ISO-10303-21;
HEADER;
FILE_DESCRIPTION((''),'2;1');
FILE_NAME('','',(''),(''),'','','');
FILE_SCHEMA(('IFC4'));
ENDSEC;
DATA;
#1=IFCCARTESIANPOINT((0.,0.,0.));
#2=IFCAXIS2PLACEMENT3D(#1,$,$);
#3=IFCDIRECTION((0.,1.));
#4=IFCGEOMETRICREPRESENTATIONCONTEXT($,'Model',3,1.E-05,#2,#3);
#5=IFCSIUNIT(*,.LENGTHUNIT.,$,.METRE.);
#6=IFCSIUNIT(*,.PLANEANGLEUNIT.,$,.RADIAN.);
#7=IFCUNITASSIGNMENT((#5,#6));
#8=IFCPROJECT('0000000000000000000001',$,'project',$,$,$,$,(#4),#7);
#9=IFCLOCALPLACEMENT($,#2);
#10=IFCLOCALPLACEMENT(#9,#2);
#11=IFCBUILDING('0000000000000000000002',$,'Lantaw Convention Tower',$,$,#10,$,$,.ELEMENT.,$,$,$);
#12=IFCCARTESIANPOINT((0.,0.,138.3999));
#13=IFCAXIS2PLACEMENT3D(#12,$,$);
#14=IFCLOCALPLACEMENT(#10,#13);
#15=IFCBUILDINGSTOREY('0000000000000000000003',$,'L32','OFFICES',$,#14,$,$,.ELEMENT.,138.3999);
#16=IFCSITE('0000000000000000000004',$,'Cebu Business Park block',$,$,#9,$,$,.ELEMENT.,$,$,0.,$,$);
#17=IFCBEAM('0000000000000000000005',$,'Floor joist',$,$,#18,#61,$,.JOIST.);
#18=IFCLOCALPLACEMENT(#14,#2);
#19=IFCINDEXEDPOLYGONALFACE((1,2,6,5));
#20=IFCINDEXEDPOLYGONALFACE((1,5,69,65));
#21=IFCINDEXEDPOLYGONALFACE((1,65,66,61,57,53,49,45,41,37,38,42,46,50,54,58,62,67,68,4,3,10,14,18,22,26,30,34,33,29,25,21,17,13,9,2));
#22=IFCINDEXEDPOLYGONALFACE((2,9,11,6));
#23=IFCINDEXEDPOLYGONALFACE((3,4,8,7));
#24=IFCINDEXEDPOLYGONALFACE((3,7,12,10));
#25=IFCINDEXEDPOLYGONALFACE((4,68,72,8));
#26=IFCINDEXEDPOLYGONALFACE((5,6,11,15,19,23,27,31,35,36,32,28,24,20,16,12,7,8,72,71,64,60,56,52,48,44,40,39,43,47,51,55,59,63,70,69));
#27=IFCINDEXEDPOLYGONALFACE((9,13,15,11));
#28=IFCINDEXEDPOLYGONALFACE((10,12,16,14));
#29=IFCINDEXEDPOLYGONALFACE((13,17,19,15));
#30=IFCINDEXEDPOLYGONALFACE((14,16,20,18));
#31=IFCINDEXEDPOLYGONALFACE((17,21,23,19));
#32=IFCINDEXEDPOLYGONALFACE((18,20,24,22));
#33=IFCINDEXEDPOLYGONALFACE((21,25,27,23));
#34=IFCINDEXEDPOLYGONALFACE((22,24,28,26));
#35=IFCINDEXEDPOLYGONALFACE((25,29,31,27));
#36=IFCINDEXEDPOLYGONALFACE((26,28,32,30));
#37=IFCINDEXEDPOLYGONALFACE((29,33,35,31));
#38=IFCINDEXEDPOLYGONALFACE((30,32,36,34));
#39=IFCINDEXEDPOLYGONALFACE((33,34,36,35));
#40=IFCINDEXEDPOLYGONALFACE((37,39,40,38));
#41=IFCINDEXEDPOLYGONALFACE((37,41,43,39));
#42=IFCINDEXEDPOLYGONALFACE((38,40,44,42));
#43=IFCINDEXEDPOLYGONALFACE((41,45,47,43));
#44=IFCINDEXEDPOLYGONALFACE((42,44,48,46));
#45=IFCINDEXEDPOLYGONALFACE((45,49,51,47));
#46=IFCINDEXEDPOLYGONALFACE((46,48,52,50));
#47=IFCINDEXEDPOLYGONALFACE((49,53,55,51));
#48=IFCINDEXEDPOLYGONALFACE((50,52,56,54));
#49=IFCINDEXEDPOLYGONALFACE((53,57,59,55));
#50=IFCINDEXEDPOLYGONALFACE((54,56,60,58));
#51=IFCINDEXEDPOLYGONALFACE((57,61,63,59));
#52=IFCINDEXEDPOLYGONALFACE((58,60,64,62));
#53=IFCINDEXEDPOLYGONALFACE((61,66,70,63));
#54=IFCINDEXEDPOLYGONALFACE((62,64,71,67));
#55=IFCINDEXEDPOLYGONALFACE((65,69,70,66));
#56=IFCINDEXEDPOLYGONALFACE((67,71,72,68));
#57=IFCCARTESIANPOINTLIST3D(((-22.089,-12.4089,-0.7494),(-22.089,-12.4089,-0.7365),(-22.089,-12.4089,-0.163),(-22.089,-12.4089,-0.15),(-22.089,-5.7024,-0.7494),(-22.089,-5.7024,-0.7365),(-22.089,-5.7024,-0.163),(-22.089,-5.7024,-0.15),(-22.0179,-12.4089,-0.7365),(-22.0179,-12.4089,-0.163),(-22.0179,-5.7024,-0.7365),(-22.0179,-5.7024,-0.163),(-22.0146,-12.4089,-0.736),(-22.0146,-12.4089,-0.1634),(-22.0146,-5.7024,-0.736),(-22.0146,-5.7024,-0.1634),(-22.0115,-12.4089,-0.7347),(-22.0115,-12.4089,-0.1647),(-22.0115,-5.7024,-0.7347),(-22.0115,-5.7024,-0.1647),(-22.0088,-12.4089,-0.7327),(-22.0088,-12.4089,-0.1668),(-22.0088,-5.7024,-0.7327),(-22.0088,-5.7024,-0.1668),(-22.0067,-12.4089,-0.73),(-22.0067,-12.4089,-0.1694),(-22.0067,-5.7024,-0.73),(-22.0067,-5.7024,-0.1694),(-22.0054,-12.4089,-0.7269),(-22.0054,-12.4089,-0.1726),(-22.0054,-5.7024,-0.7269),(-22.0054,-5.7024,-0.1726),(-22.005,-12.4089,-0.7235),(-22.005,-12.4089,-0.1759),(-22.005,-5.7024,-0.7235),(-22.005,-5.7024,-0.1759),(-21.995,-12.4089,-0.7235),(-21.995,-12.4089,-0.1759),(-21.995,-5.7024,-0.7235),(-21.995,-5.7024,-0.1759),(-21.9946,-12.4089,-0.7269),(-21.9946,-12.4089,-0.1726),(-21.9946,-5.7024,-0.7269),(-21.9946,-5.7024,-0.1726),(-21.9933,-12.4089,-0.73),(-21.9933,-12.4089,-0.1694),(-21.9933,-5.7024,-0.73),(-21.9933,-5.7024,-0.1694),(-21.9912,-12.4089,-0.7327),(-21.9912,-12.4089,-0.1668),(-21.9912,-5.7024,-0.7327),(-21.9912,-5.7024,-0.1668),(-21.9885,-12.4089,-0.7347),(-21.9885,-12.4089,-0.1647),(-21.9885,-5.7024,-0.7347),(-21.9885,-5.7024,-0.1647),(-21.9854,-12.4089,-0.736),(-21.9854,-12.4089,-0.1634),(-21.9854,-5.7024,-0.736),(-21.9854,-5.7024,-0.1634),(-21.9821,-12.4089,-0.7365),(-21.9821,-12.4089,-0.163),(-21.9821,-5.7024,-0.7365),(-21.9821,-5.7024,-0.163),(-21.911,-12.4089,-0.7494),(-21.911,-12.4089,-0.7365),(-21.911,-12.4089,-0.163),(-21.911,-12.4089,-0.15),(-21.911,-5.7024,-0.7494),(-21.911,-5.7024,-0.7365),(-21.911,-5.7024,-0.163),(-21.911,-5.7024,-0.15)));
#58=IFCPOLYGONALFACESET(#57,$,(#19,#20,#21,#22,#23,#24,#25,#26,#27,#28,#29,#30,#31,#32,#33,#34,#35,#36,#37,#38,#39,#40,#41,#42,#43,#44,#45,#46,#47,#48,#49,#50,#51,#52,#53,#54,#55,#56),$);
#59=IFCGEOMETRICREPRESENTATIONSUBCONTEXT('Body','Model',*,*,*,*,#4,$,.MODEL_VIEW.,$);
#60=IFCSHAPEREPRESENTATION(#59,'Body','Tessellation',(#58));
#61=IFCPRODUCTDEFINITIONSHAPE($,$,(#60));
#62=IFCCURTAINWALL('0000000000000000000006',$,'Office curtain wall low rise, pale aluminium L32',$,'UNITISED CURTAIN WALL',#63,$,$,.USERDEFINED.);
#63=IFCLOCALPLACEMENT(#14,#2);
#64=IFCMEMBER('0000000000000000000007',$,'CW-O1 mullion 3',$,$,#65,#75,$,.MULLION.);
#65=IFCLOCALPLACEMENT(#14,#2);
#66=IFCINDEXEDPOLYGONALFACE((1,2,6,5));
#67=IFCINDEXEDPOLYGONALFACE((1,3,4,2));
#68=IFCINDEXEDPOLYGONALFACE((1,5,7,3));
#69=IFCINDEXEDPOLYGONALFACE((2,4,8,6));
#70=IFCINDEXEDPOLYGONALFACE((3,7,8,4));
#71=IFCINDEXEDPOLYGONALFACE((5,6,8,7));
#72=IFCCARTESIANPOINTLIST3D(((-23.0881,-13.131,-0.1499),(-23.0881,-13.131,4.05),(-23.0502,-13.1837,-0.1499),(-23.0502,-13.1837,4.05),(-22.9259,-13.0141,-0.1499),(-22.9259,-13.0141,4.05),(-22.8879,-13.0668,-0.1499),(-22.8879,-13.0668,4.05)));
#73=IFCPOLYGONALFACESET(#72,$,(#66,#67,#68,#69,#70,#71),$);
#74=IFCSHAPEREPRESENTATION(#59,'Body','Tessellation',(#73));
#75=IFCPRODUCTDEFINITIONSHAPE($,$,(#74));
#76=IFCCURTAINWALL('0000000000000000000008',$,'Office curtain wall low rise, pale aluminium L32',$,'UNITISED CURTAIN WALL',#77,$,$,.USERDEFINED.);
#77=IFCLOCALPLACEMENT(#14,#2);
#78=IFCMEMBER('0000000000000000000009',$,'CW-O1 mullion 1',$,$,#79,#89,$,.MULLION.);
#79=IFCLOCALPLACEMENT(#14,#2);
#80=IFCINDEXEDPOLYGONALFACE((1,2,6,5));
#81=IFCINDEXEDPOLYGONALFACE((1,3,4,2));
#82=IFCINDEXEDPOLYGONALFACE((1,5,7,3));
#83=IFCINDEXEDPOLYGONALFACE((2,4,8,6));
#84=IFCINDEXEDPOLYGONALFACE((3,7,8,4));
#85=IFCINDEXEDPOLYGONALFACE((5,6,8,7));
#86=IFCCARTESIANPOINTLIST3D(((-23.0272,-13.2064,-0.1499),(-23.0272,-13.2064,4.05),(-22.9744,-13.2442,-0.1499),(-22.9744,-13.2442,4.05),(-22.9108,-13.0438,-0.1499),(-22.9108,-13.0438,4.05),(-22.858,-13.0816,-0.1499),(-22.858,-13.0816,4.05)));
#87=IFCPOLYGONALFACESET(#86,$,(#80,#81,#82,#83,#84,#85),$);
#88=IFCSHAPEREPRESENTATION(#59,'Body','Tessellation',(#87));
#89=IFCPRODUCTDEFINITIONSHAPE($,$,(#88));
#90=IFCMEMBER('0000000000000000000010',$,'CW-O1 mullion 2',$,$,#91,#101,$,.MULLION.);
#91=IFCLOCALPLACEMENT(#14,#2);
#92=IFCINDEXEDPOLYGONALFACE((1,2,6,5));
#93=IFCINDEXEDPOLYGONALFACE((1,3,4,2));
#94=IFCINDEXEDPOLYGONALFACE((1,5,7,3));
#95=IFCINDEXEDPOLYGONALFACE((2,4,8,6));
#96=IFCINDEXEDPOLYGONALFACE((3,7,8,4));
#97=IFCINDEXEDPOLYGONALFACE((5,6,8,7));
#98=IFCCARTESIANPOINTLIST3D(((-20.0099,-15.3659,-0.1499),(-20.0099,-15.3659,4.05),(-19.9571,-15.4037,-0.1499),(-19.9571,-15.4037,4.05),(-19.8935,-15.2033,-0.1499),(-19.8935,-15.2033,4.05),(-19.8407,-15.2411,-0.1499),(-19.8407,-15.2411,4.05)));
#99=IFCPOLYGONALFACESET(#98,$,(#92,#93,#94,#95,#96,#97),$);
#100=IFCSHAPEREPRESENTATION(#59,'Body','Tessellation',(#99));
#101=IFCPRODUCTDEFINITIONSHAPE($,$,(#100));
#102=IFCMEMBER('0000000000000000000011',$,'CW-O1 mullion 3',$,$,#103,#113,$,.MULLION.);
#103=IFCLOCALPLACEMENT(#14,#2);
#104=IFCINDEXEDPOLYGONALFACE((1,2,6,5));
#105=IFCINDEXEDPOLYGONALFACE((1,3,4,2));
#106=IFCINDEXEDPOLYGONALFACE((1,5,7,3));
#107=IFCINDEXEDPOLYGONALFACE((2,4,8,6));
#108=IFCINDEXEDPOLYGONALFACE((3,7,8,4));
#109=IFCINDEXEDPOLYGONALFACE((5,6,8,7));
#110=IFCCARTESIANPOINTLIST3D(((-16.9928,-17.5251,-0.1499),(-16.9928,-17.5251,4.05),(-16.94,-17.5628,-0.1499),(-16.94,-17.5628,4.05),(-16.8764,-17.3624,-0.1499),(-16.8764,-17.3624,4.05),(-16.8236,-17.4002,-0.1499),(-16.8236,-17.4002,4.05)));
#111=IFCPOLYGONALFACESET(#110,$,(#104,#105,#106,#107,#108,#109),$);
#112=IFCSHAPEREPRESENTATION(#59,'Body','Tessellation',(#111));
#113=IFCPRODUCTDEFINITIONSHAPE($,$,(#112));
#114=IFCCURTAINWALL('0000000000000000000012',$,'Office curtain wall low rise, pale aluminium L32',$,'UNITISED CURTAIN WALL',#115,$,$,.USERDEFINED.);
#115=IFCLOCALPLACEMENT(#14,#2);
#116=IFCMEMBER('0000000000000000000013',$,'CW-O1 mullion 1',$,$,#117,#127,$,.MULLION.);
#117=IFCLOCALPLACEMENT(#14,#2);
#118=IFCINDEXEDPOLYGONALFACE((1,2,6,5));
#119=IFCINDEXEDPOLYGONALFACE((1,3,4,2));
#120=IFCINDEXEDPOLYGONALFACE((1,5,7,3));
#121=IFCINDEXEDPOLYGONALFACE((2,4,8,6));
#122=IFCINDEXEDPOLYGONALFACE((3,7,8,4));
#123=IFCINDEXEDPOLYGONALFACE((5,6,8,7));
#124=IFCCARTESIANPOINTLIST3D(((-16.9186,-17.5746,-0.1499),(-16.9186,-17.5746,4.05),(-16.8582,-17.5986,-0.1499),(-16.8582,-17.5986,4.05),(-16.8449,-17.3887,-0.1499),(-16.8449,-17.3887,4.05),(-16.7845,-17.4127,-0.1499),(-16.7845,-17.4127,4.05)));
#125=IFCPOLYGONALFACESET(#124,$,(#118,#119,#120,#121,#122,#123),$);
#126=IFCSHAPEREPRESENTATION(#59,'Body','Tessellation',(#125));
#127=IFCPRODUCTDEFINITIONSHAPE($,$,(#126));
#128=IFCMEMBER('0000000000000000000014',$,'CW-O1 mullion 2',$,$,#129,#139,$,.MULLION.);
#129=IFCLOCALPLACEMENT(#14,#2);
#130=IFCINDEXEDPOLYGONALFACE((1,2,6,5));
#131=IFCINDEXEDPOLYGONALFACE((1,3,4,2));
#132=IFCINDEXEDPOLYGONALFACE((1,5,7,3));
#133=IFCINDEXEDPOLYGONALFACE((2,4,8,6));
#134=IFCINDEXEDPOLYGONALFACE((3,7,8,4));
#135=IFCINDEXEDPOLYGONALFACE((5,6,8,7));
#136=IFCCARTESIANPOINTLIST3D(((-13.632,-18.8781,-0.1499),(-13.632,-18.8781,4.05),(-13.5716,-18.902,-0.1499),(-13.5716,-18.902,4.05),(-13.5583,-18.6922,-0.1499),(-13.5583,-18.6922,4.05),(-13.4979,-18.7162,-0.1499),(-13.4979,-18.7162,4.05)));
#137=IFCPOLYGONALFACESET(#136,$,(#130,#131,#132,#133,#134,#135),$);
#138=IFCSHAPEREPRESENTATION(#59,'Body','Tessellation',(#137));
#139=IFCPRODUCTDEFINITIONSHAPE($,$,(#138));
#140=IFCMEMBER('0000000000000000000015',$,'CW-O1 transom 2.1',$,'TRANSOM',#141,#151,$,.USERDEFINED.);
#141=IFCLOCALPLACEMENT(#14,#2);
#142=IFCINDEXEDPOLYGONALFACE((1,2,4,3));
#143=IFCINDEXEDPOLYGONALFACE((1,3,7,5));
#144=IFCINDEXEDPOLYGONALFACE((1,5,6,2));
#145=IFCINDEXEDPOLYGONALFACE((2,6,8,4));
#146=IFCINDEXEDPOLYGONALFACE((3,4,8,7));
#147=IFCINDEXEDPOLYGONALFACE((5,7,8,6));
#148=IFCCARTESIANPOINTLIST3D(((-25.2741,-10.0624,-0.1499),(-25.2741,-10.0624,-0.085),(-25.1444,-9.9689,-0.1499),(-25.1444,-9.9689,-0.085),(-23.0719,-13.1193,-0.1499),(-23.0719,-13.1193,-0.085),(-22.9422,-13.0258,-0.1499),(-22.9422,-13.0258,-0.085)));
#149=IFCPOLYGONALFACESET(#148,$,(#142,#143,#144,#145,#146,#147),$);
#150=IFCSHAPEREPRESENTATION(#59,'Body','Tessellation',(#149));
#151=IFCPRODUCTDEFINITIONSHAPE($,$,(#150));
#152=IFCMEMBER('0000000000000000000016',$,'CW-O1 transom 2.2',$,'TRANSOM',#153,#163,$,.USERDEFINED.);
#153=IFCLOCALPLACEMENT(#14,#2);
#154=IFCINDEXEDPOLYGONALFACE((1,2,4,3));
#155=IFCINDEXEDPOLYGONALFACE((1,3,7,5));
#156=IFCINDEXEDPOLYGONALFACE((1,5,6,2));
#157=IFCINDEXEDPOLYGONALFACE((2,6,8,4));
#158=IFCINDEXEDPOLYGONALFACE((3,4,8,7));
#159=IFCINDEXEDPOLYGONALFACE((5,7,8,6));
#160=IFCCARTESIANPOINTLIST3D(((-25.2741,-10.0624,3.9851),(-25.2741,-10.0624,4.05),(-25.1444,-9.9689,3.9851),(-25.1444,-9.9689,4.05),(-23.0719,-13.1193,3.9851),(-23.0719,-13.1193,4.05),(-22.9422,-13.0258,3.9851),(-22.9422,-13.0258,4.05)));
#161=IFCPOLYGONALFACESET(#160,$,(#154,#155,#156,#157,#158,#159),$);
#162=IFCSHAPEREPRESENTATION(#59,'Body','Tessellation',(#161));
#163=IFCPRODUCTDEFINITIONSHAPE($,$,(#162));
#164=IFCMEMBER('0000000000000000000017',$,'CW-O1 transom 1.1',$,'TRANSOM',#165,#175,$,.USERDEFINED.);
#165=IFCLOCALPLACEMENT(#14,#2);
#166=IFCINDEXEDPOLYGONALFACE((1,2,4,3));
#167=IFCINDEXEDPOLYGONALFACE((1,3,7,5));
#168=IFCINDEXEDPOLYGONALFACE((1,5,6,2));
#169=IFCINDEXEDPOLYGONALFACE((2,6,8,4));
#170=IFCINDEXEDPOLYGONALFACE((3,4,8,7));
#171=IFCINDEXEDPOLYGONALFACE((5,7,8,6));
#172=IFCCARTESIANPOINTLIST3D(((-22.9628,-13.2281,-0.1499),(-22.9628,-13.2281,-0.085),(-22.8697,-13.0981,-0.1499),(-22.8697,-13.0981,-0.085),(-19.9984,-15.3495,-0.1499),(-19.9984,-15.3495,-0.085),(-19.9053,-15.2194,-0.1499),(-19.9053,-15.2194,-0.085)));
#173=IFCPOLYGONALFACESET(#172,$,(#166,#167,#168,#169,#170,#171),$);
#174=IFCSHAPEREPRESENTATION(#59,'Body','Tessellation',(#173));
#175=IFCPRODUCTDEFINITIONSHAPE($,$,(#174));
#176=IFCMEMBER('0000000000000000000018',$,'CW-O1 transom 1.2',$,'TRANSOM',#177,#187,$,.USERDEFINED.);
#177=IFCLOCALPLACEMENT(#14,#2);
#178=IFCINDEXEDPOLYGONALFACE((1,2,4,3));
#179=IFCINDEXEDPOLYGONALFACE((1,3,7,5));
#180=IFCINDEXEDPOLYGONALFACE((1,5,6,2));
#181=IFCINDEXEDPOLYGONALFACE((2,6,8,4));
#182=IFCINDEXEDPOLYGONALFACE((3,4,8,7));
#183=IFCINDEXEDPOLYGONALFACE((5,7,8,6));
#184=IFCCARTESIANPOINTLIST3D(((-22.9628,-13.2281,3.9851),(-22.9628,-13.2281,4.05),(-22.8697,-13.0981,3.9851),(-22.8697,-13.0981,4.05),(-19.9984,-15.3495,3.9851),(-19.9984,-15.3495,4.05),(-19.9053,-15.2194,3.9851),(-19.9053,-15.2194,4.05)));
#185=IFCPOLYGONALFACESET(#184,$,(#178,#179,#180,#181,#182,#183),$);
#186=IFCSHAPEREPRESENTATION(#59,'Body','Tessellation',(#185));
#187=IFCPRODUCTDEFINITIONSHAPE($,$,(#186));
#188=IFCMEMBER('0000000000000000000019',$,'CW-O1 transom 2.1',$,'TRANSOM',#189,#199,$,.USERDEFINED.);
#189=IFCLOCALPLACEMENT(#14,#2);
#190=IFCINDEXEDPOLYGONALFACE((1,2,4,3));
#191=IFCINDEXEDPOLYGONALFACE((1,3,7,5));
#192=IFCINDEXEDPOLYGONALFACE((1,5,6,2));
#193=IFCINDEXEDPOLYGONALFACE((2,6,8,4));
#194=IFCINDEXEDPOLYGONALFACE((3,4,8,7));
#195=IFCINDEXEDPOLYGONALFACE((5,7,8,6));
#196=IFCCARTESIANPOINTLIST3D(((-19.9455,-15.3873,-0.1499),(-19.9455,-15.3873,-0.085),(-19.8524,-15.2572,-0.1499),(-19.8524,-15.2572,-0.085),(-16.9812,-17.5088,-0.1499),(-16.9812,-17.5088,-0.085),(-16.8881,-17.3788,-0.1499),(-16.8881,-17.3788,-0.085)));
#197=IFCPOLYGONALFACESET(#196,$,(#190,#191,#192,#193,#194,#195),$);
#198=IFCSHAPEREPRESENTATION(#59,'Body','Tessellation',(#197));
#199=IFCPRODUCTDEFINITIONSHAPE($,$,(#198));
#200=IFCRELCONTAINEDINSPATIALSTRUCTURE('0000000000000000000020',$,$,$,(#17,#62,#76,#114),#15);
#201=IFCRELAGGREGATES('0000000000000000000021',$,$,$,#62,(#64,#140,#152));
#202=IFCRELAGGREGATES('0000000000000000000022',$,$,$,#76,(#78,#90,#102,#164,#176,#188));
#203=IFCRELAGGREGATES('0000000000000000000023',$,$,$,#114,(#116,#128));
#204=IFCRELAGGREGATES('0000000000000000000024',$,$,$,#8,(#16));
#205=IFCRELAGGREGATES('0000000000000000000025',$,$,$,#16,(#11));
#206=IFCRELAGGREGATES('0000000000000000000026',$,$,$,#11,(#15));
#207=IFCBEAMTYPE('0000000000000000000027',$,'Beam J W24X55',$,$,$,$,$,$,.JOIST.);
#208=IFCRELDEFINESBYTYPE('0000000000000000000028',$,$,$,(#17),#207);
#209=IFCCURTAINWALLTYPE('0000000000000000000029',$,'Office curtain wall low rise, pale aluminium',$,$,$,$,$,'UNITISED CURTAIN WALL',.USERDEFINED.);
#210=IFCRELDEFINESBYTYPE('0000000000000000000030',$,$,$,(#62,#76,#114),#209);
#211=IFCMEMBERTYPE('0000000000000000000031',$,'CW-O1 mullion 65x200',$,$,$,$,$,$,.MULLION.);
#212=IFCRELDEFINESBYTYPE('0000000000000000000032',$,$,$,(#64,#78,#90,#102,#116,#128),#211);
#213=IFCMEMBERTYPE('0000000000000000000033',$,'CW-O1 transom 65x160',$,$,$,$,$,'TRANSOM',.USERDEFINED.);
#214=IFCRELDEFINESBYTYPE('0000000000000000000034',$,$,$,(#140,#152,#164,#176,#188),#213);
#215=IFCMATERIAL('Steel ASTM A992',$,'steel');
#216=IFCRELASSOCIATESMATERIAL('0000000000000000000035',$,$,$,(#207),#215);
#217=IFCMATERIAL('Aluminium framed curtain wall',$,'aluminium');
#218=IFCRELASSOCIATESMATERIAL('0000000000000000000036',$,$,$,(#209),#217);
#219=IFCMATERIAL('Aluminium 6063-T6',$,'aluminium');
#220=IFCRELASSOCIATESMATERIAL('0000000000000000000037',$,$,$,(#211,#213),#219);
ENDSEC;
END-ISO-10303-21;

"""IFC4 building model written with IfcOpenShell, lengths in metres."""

from ifc_helpers import new_model, si_unit, direction, frame, origin, origin_2d, place, context, subcontext, project, spatial, rectangle, i_section, extrude, material, material_profile, profile_set, type_object, element, aggregate, save


model = new_model("IFC4")

# Units and contexts
model_context = context("Model", 3, precision=1e-05, world=origin(), true_north=direction((0.0, 1.0)))
body_context = subcontext(model_context, "Body", "Model", "MODEL_VIEW")
ifc_project = project(units=[si_unit("LENGTHUNIT", "METRE"), si_unit("PLANEANGLEUNIT", "RADIAN")], contexts=[model_context])

# Site, building, storey
site_placement = place(None, origin())
site = spatial("IfcSite", under=ifc_project, at=site_placement, Name="Cebu Business Park block", CompositionType="ELEMENT", RefElevation=0.0)
building_placement = place(site_placement, origin())
building = spatial("IfcBuilding", under=site, at=building_placement, Name="Lantaw Convention Tower", CompositionType="ELEMENT")
storey_placement = place(building_placement, frame((0.0, 0.0, 138.3999)))
storey = spatial("IfcBuildingStorey", under=building, at=storey_placement, Name="L32", Description="OFFICES", CompositionType="ELEMENT", Elevation=138.3999)

# Beam
ifc_material_1 = material(Name="Steel ASTM A992", Category="steel")
ifc_material_profile_1 = material_profile(ifc_material_1, i_section(OverallWidth=0.178, OverallDepth=0.5994, WebThickness=0.01, FlangeThickness=0.0129, FilletRadius=0.0129, at=origin_2d()), Name="W24X55")
ifc_profile_set_1 = profile_set([ifc_material_profile_1], Name="Steel ASTM A992")
beam_type_1 = type_object("IfcBeamType", Name="Beam J W24X55", PredefinedType="JOIST", material=ifc_profile_set_1)
beam_1_placement = place(storey_placement, frame((-22.0, -12.4089, -0.4497), z_axis=(0.0, 1.0, 0.0), x_axis=(-1.0, 0.0, 0.0)))
element("IfcBeam", 1, at=beam_1_placement, inside=storey, type_object=beam_type_1, Name="Floor joist", PredefinedType="JOIST", context=body_context, shape_type="SweptSolid", body=[
    extrude(i_section(OverallWidth=0.178, OverallDepth=0.5994, WebThickness=0.01, FlangeThickness=0.0129, FilletRadius=0.0129, at=origin_2d()), origin(), (0.0, 0.0, 1.0), 6.7065),
])

# Curtain wall, member
ifc_material_2 = material(Name="Aluminium framed curtain wall", Category="aluminium")
curtain_wall_type = type_object("IfcCurtainWallType", Name="Office curtain wall low rise, pale aluminium", ElementType="UNITISED CURTAIN WALL", PredefinedType="USERDEFINED", material=ifc_material_2)
curtain_wall_1_placement = place(storey_placement, origin())
curtain_wall_1 = element("IfcCurtainWall", 2, at=curtain_wall_1_placement, inside=storey, type_object=curtain_wall_type, Name="Office curtain wall low rise, pale aluminium L32", ObjectType="UNITISED CURTAIN WALL", PredefinedType="USERDEFINED")
ifc_material_3 = material(Name="Aluminium 6063-T6", Category="aluminium")
ifc_material_profile_2 = material_profile(ifc_material_3, rectangle(XDim=0.2, YDim=0.0649, at=origin_2d()), Name="CW-O1 mullion 65x200")
ifc_profile_set_2 = profile_set([ifc_material_profile_2], Name="Aluminium 6063-T6")
member_type_1 = type_object("IfcMemberType", Name="CW-O1 mullion 65x200", PredefinedType="MULLION", material=ifc_profile_set_2)
member_1_placement = place(storey_placement, frame((-22.988, -13.0989, -0.1499), z_axis=(0.0, 0.0, 1.0), x_axis=(0.811385, 0.584513, 0.0)))
member_1 = element("IfcMember", 3, at=member_1_placement, type_object=member_type_1, Name="CW-O1 mullion 3", PredefinedType="MULLION", context=body_context, shape_type="SweptSolid", body=[
    extrude(rectangle(XDim=0.2, YDim=0.0649, at=origin_2d()), origin(), (0.0, 0.0, 1.0), 4.2),
])

# Curtain walls, members
curtain_wall_2_placement = place(storey_placement, origin())
curtain_wall_2 = element("IfcCurtainWall", 4, at=curtain_wall_2_placement, inside=storey, type_object=curtain_wall_type, Name="Office curtain wall low rise, pale aluminium L32", ObjectType="UNITISED CURTAIN WALL", PredefinedType="USERDEFINED")
member_2_placement = place(storey_placement, frame((-22.9426, -13.144, -0.1499), z_axis=(0.0, 0.0, 1.0), x_axis=(0.581973, 0.813208, 0.0)))
member_2 = element("IfcMember", 5, at=member_2_placement, type_object=member_type_1, Name="CW-O1 mullion 1", PredefinedType="MULLION", context=body_context, shape_type="SweptSolid", body=[
    extrude(rectangle(XDim=0.2, YDim=0.0649, at=origin_2d()), origin(), (0.0, 0.0, 1.0), 4.2),
])
member_3_placement = place(storey_placement, frame((-19.9253, -15.3035, -0.1499), z_axis=(0.0, 0.0, 1.0), x_axis=(0.581973, 0.813208, 0.0)))
member_3 = element("IfcMember", 6, at=member_3_placement, type_object=member_type_1, Name="CW-O1 mullion 2", PredefinedType="MULLION", context=body_context, shape_type="SweptSolid", body=[
    extrude(rectangle(XDim=0.2, YDim=0.0649, at=origin_2d()), origin(), (0.0, 0.0, 1.0), 4.2),
])
member_4_placement = place(storey_placement, frame((-16.9082, -17.4626, -0.1499), z_axis=(0.0, 0.0, 1.0), x_axis=(0.581973, 0.813208, 0.0)))
member_4 = element("IfcMember", 7, at=member_4_placement, type_object=member_type_1, Name="CW-O1 mullion 3", PredefinedType="MULLION", context=body_context, shape_type="SweptSolid", body=[
    extrude(rectangle(XDim=0.2, YDim=0.0649, at=origin_2d()), origin(), (0.0, 0.0, 1.0), 4.2),
])
curtain_wall_3_placement = place(storey_placement, origin())
curtain_wall_3 = element("IfcCurtainWall", 8, at=curtain_wall_3_placement, inside=storey, type_object=curtain_wall_type, Name="Office curtain wall low rise, pale aluminium L32", ObjectType="UNITISED CURTAIN WALL", PredefinedType="USERDEFINED")
member_5_placement = place(storey_placement, frame((-16.8516, -17.4937, -0.1499), z_axis=(0.0, 0.0, 1.0), x_axis=(0.368702, 0.929548, 0.0)))
member_5 = element("IfcMember", 9, at=member_5_placement, type_object=member_type_1, Name="CW-O1 mullion 1", PredefinedType="MULLION", context=body_context, shape_type="SweptSolid", body=[
    extrude(rectangle(XDim=0.2, YDim=0.0649, at=origin_2d()), origin(), (0.0, 0.0, 1.0), 4.2),
])
member_6_placement = place(storey_placement, frame((-13.5649, -18.7971, -0.1499), z_axis=(0.0, 0.0, 1.0), x_axis=(0.368702, 0.929548, 0.0)))
member_6 = element("IfcMember", 10, at=member_6_placement, type_object=member_type_1, Name="CW-O1 mullion 2", PredefinedType="MULLION", context=body_context, shape_type="SweptSolid", body=[
    extrude(rectangle(XDim=0.2, YDim=0.0649, at=origin_2d()), origin(), (0.0, 0.0, 1.0), 4.2),
])

# Members
ifc_material_profile_3 = material_profile(ifc_material_3, rectangle(XDim=0.1599, YDim=0.0649, at=origin_2d()), Name="CW-O1 transom 65x160")
ifc_profile_set_3 = profile_set([ifc_material_profile_3], Name="Aluminium 6063-T6")
member_type_2 = type_object("IfcMemberType", Name="CW-O1 transom 65x160", ElementType="TRANSOM", PredefinedType="USERDEFINED", material=ifc_profile_set_3)
member_7_placement = place(storey_placement, frame((-25.2092, -10.0156, -0.1174), z_axis=(0.584513, -0.811384, 0.0), x_axis=(0.811384, 0.584513, 0.0)))
member_7 = element("IfcMember", 11, at=member_7_placement, type_object=member_type_2, Name="CW-O1 transom 2.1", ObjectType="TRANSOM", PredefinedType="USERDEFINED", context=body_context, shape_type="SweptSolid", body=[
    extrude(rectangle(XDim=0.1599, YDim=0.0649, at=origin_2d()), origin(), (0.0, 0.0, 1.0), 3.7676),
])
member_8_placement = place(storey_placement, frame((-25.2092, -10.0156, 4.0176), z_axis=(0.584513, -0.811384, 0.0), x_axis=(0.811384, 0.584513, 0.0)))
member_8 = element("IfcMember", 12, at=member_8_placement, type_object=member_type_2, Name="CW-O1 transom 2.2", ObjectType="TRANSOM", PredefinedType="USERDEFINED", context=body_context, shape_type="SweptSolid", body=[
    extrude(rectangle(XDim=0.1599, YDim=0.0649, at=origin_2d()), origin(), (0.0, 0.0, 1.0), 3.7676),
])
member_9_placement = place(storey_placement, frame((-22.9163, -13.1631, -0.1174), z_axis=(0.813222, -0.581954, 0.0), x_axis=(0.581954, 0.813222, 0.0)))
member_9 = element("IfcMember", 13, at=member_9_placement, type_object=member_type_2, Name="CW-O1 transom 1.1", ObjectType="TRANSOM", PredefinedType="USERDEFINED", context=body_context, shape_type="SweptSolid", body=[
    extrude(rectangle(XDim=0.1599, YDim=0.0649, at=origin_2d()), origin(), (0.0, 0.0, 1.0), 3.6453),
])
member_10_placement = place(storey_placement, frame((-22.9163, -13.1631, 4.0176), z_axis=(0.813222, -0.581954, 0.0), x_axis=(0.581954, 0.813222, 0.0)))
member_10 = element("IfcMember", 14, at=member_10_placement, type_object=member_type_2, Name="CW-O1 transom 1.2", ObjectType="TRANSOM", PredefinedType="USERDEFINED", context=body_context, shape_type="SweptSolid", body=[
    extrude(rectangle(XDim=0.1599, YDim=0.0649, at=origin_2d()), origin(), (0.0, 0.0, 1.0), 3.6453),
])
member_11_placement = place(storey_placement, frame((-19.8989, -15.3223, -0.1174), z_axis=(0.81319, -0.581998, 0.0), x_axis=(0.581998, 0.81319, 0.0)))
member_11 = element("IfcMember", 15, at=member_11_placement, type_object=member_type_2, Name="CW-O1 transom 2.1", ObjectType="TRANSOM", PredefinedType="USERDEFINED", context=body_context, shape_type="SweptSolid", body=[
    extrude(rectangle(XDim=0.1599, YDim=0.0649, at=origin_2d()), origin(), (0.0, 0.0, 1.0), 3.6453),
])

aggregate(curtain_wall_1, [member_1, member_7, member_8])
aggregate(curtain_wall_2, [member_2, member_3, member_4, member_9, member_10, member_11])
aggregate(curtain_wall_3, [member_5, member_6])

save(model, "model.ifc")
